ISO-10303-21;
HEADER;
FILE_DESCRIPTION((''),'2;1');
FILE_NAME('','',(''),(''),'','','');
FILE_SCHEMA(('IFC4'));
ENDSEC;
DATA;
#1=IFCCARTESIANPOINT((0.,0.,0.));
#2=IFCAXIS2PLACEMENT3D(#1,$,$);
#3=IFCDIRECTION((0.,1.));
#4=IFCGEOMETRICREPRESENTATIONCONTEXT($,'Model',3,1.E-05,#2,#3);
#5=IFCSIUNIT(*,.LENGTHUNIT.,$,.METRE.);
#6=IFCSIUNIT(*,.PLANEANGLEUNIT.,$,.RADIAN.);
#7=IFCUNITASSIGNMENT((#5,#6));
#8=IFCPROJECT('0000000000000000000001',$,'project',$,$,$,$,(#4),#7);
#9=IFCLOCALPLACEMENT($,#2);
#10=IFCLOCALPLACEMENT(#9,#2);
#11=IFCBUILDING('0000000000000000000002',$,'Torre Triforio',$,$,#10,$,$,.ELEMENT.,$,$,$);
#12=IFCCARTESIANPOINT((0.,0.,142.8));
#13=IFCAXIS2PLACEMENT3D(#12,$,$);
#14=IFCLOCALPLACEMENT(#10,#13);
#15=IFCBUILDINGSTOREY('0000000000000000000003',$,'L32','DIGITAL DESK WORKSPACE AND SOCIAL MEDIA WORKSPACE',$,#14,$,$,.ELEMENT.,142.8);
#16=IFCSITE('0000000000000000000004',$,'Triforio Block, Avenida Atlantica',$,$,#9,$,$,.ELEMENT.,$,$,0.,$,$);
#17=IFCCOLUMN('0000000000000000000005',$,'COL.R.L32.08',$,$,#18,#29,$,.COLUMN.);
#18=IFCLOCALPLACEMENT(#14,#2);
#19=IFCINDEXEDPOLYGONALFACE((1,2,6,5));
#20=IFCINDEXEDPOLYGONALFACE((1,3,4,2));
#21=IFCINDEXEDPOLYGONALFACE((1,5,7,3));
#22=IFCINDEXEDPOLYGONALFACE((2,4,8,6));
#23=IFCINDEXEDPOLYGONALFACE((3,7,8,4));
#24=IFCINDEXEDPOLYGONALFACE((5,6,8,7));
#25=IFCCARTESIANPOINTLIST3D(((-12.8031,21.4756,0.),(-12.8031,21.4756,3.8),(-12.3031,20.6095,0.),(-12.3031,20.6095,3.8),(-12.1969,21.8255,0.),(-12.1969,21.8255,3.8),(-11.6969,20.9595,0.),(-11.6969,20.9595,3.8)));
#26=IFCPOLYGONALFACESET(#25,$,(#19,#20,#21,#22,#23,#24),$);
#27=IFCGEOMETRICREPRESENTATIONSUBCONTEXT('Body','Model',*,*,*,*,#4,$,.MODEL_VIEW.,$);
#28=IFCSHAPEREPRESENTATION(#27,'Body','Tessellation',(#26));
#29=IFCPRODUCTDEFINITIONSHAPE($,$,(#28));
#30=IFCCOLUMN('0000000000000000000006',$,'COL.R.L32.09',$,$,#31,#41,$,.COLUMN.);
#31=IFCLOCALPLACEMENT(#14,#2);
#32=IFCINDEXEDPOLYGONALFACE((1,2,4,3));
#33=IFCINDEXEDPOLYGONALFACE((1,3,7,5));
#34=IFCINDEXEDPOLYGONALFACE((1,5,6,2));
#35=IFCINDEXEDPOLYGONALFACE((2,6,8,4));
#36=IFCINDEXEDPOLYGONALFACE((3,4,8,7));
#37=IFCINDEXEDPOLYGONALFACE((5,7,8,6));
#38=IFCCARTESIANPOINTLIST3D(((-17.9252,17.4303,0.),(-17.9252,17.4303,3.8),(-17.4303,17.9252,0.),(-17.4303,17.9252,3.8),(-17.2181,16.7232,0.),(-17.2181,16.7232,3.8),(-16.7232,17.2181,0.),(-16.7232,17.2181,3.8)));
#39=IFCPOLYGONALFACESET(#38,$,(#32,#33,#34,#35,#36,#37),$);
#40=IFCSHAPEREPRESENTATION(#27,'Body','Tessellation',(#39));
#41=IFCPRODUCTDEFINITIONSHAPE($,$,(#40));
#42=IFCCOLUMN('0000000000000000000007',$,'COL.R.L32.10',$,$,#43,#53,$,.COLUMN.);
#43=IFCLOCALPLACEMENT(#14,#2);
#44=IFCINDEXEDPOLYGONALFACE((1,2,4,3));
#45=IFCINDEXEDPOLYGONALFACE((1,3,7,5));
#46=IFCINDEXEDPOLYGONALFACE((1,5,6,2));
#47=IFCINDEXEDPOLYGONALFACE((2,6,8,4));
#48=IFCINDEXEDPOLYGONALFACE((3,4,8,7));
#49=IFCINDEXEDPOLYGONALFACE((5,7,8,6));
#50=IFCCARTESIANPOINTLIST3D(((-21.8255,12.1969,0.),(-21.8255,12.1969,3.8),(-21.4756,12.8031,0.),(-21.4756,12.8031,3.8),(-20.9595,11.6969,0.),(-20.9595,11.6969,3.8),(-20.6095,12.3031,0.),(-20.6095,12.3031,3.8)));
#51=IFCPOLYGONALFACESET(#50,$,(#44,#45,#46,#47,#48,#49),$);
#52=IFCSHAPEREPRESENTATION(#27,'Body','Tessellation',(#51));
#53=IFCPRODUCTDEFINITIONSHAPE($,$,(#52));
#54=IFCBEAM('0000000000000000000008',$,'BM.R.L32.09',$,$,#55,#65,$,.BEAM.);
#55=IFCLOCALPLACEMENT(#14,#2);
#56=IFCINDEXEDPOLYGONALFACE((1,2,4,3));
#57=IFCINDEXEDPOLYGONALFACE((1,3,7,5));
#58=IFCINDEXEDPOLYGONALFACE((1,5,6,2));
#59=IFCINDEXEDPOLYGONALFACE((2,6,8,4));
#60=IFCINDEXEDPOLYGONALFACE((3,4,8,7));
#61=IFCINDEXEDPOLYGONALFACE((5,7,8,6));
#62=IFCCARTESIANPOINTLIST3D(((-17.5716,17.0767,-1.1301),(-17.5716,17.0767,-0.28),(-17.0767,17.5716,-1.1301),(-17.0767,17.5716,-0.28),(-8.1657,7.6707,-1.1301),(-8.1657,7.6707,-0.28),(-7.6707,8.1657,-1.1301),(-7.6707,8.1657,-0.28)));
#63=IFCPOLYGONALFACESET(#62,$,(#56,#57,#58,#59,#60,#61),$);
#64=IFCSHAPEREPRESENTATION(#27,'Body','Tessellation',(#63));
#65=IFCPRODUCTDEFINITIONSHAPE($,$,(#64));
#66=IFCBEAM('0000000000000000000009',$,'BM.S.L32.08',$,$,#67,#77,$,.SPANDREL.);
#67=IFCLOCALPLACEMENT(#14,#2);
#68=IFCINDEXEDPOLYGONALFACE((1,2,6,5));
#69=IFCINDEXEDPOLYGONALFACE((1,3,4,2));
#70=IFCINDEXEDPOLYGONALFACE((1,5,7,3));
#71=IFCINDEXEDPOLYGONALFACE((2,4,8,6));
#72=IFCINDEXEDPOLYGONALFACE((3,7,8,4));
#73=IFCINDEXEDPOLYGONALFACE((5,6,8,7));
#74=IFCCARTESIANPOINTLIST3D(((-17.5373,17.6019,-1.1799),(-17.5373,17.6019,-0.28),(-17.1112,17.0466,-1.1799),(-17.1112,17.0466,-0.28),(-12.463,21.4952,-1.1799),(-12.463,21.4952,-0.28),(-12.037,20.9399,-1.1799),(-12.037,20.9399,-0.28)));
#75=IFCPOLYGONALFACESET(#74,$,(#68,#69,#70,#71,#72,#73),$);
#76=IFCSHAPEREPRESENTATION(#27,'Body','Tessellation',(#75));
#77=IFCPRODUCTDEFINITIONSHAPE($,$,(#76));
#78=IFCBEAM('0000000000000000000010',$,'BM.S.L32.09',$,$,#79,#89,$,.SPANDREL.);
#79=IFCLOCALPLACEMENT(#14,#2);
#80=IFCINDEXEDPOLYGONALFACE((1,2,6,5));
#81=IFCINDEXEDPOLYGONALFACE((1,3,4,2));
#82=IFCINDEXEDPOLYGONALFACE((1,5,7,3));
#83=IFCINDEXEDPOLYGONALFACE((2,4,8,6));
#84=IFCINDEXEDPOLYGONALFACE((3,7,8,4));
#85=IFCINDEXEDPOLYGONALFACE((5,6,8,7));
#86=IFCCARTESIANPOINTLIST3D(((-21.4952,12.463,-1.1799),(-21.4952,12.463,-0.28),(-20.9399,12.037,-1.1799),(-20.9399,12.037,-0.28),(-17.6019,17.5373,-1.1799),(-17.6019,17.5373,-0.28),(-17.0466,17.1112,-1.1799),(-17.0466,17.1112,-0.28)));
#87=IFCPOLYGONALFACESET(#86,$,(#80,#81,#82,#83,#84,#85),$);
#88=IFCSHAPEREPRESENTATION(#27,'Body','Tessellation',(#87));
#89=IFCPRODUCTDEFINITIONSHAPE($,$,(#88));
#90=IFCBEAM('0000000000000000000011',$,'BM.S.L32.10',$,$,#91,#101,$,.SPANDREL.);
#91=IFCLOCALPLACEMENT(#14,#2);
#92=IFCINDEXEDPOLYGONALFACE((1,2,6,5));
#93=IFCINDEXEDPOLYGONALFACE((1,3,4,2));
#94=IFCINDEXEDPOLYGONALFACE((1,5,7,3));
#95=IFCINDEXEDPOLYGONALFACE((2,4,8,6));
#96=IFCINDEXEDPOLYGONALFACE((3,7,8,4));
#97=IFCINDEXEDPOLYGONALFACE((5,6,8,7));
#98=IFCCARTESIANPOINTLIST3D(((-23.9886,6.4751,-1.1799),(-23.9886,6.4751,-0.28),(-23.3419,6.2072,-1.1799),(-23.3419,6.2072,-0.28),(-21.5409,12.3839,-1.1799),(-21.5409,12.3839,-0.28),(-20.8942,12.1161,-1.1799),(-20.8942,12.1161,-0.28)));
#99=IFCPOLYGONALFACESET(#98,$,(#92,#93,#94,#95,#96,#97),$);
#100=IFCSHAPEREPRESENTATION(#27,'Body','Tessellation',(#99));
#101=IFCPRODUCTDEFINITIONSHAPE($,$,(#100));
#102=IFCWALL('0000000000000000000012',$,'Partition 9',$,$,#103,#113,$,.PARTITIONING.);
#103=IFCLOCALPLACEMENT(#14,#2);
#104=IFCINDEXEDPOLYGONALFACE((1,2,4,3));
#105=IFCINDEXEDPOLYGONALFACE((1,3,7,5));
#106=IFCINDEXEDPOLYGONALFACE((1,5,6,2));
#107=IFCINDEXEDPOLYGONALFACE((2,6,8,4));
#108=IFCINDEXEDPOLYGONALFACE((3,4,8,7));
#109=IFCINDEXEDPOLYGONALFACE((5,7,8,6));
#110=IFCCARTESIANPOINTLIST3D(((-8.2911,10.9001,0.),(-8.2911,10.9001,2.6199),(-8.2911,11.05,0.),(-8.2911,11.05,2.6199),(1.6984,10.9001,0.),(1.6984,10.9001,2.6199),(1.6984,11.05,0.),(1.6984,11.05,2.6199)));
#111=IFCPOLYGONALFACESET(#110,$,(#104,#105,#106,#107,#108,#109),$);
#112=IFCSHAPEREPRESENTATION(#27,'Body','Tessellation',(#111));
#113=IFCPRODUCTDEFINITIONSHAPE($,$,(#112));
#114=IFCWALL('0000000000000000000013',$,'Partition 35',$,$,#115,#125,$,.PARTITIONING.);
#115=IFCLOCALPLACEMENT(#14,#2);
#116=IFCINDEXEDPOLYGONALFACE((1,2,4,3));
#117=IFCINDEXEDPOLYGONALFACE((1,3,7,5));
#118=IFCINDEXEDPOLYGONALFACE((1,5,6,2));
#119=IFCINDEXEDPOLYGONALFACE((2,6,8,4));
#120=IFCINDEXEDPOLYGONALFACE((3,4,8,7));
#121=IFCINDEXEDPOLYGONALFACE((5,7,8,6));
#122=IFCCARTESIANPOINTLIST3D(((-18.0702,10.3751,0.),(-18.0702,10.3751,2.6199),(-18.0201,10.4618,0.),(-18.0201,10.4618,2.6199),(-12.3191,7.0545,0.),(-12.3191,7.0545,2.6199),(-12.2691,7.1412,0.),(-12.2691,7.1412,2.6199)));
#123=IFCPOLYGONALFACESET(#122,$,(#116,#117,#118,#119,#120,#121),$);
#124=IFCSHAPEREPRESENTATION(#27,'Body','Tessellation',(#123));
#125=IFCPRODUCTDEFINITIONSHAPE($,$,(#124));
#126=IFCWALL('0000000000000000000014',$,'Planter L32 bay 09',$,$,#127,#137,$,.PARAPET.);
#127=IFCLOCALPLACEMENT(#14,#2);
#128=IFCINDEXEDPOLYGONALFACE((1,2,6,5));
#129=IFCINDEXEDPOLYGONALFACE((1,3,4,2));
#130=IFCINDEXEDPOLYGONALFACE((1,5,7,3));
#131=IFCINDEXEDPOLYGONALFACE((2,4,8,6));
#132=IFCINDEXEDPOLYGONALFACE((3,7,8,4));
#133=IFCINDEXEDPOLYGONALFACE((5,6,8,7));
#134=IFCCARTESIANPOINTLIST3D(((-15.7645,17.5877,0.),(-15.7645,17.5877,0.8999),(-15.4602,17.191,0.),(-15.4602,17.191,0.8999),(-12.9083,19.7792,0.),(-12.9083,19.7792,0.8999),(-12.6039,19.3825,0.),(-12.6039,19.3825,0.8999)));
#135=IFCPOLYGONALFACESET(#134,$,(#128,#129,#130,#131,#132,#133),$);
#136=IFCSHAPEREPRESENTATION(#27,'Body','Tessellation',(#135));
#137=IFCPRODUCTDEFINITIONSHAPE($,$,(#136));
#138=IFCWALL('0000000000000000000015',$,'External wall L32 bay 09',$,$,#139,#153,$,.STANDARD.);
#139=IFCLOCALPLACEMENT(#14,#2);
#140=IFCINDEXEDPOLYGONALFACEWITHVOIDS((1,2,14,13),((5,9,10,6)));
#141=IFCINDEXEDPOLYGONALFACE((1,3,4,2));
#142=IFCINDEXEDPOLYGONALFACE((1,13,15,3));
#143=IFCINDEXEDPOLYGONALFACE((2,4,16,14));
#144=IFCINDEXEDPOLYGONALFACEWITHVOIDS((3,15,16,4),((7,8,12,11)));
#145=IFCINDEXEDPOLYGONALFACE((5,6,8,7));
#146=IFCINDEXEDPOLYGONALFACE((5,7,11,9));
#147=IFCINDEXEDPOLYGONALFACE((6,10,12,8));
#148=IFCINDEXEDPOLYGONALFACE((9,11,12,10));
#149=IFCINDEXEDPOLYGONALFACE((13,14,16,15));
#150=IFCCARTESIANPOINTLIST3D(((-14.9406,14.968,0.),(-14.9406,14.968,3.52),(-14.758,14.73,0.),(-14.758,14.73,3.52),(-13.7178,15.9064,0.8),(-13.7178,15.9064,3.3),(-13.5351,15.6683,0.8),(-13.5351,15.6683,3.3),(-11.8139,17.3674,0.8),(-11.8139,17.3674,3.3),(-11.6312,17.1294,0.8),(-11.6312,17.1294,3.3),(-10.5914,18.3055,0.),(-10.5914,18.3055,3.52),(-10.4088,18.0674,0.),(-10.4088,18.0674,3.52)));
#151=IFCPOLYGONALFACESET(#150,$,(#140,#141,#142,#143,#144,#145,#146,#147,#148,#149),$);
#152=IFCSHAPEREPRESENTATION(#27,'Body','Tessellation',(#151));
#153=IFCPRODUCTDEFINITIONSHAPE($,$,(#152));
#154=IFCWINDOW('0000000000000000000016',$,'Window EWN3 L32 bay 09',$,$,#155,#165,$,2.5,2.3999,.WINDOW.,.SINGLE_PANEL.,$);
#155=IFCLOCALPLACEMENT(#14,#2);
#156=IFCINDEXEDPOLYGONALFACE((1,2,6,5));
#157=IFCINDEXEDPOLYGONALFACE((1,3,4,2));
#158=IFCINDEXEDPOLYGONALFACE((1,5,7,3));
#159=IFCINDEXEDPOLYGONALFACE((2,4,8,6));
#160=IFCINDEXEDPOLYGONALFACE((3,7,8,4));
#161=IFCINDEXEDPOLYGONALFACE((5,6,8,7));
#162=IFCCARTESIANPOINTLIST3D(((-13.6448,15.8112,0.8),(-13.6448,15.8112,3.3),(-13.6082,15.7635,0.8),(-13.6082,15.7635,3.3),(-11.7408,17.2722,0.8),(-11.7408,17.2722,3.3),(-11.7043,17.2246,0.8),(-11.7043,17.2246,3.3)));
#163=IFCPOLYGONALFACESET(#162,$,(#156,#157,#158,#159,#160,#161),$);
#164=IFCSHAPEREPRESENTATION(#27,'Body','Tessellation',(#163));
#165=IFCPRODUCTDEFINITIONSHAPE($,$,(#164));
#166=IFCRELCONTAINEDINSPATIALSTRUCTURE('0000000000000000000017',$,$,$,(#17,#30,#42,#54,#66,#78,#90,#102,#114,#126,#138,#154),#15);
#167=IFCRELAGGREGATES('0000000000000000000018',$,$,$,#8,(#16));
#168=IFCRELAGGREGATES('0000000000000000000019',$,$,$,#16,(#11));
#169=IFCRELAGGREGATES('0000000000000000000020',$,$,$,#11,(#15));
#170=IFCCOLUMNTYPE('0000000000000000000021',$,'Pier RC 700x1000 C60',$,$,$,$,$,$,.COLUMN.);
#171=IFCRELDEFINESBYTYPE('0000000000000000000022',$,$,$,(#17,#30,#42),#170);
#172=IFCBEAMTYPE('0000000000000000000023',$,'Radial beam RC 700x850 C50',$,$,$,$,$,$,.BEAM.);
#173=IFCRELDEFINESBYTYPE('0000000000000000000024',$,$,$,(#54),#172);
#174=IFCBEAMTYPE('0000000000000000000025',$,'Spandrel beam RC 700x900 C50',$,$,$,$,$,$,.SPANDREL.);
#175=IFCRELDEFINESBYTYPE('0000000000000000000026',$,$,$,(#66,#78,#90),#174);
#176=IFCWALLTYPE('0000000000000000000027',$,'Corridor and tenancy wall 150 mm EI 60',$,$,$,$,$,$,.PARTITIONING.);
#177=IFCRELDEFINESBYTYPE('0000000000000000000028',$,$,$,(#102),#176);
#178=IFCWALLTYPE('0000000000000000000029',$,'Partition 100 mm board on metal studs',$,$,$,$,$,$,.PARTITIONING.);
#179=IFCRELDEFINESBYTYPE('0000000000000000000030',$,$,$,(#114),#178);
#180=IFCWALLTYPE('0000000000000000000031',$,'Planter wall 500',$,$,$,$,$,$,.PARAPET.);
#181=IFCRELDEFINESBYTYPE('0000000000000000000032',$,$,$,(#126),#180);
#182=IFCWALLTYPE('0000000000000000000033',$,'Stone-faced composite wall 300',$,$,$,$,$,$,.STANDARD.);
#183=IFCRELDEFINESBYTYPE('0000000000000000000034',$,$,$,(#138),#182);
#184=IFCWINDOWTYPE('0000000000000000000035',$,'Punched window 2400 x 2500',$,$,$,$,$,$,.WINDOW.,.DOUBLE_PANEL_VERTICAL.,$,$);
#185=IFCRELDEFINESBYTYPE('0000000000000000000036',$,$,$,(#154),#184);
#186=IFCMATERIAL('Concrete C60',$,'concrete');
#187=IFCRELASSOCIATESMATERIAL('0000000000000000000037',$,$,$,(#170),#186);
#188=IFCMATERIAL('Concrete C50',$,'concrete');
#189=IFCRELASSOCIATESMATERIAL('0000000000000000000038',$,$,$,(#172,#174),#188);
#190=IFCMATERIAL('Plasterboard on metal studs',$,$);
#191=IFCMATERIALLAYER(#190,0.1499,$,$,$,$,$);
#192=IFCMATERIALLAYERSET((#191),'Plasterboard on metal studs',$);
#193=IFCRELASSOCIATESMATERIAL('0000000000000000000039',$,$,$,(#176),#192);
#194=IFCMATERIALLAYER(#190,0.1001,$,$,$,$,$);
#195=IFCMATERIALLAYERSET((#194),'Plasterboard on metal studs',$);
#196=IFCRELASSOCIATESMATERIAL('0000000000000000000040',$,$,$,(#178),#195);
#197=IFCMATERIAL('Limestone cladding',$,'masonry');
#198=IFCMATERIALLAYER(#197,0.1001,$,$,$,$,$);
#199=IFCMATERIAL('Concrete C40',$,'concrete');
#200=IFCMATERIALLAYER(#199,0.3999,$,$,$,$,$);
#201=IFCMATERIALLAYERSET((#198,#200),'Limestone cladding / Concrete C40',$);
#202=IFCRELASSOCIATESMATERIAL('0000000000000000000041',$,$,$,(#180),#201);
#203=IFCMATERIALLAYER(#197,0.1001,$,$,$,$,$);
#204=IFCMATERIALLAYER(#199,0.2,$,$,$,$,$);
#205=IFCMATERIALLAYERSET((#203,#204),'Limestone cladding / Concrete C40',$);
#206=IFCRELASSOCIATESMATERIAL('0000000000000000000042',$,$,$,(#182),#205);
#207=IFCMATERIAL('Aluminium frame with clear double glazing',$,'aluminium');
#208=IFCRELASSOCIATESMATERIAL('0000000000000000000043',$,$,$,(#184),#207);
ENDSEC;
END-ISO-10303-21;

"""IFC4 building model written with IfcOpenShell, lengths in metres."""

from ifc_helpers import new_model, si_unit, direction, frame, frame_2d, origin, origin_2d, place, context, subcontext, project, spatial, rectangle, extrude, material, layer, layer_set, material_profile, profile_set, type_object, element, fill, save


model = new_model("IFC4")

# Units and contexts
model_context = context("Model", 3, precision=1e-05, world=origin(), true_north=direction((0.0, 1.0)))
body_context = subcontext(model_context, "Body", "Model", "MODEL_VIEW")
ifc_project = project(units=[si_unit("LENGTHUNIT", "METRE"), si_unit("PLANEANGLEUNIT", "RADIAN")], contexts=[model_context])

# Site, building, storey
site_placement = place(None, origin())
site = spatial("IfcSite", under=ifc_project, at=site_placement, Name="Triforio Block, Avenida Atlantica", CompositionType="ELEMENT", RefElevation=0.0)
building_placement = place(site_placement, origin())
building = spatial("IfcBuilding", under=site, at=building_placement, Name="Torre Triforio", CompositionType="ELEMENT")
storey_placement = place(building_placement, frame((0.0, 0.0, 142.8)))
storey = spatial("IfcBuildingStorey", under=building, at=storey_placement, Name="L32", Description="DIGITAL DESK WORKSPACE AND SOCIAL MEDIA WORKSPACE", CompositionType="ELEMENT", Elevation=142.8)

# Columns
ifc_material_1 = material(Name="Concrete C60", Category="concrete")
ifc_material_profile_1 = material_profile(ifc_material_1, rectangle(XDim=0.7, YDim=1.0, at=origin_2d()), Name="RC 700x1000")
ifc_profile_set_1 = profile_set([ifc_material_profile_1], Name="Concrete C60")
column_type = type_object("IfcColumnType", Name="Pier RC 700x1000 C60", PredefinedType="COLUMN", material=ifc_profile_set_1)
for number, where, z_axis, x_axis, name in (
    (1, (-12.25, 21.2175, 0.0), (0.0, 0.0, 1.0), (-0.866025, -0.5, 0.0), "COL.R.L32.08"),
    (2, (-17.3242, 17.3242, 0.0), (0.0, 0.0, 1.0), (-0.707107, -0.707107, 0.0), "COL.R.L32.09"),
    (3, (-21.2175, 12.25, 0.0), (0.0, 0.0, 1.0), (-0.5, -0.866025, 0.0), "COL.R.L32.10"),
):
    element("IfcColumn", number, at=place(storey_placement, frame(where, z_axis=z_axis, x_axis=x_axis)), inside=storey, type_object=column_type, Name=name, PredefinedType="COLUMN", context=body_context, shape_type="SweptSolid", body=[
        extrude(rectangle(XDim=0.7, YDim=1.0, at=origin_2d()), origin(), (0.0, 0.0, 1.0), 3.8),
    ])

# Beams
ifc_material_2 = material(Name="Concrete C50", Category="concrete")
ifc_material_profile_2 = material_profile(ifc_material_2, rectangle(XDim=0.7, YDim=0.8501, at=origin_2d()), Name="RC 700x850")
ifc_profile_set_2 = profile_set([ifc_material_profile_2], Name="Concrete C50")
beam_type_1 = type_object("IfcBeamType", Name="Radial beam RC 700x850 C50", PredefinedType="BEAM", material=ifc_profile_set_2)
beam_placement = place(storey_placement, frame((-7.9182, 7.9182, -0.7051), z_axis=(-0.707107, 0.707107, 0.0), x_axis=(-0.707107, -0.707107, 0.0)))
element("IfcBeam", 4, at=beam_placement, inside=storey, type_object=beam_type_1, Name="BM.R.L32.09", PredefinedType="BEAM", context=body_context, shape_type="SweptSolid", body=[
    extrude(rectangle(XDim=0.7, YDim=0.8501, at=origin_2d()), origin(), (0.0, 0.0, 1.0), 13.302),
])
ifc_material_profile_3 = material_profile(ifc_material_2, rectangle(XDim=0.7, YDim=0.8999, at=origin_2d()), Name="RC 700x900")
ifc_profile_set_3 = profile_set([ifc_material_profile_3], Name="Concrete C50")
beam_type_2 = type_object("IfcBeamType", Name="Spandrel beam RC 700x900 C50", PredefinedType="SPANDREL", material=ifc_profile_set_3)
for number, where, z_axis, x_axis, name in (
    (5, (-12.25, 21.2175, -0.73), (-0.793374, -0.608734, 0.0), (0.608734, -0.793374, 0.0), "BM.S.L32.08"),
    (6, (-17.3242, 17.3242, -0.73), (-0.608734, -0.793374, 0.0), (0.793374, -0.608734, 0.0), "BM.S.L32.09"),
    (7, (-21.2175, 12.25, -0.73), (-0.382709, -0.923869, 0.0), (0.923869, -0.382709, 0.0), "BM.S.L32.10"),
):
    element("IfcBeam", number, at=place(storey_placement, frame(where, z_axis=z_axis, x_axis=x_axis)), inside=storey, type_object=beam_type_2, Name=name, PredefinedType="SPANDREL", context=body_context, shape_type="SweptSolid", body=[
        extrude(rectangle(XDim=0.7, YDim=0.8999, at=origin_2d()), origin(), (0.0, 0.0, 1.0), 6.3958),
    ])

# Walls
ifc_material_3 = material(Name="Plasterboard on metal studs")
ifc_layer_1 = layer(ifc_material_3, 0.1499)
ifc_layer_set_1 = layer_set([ifc_layer_1], Name="Plasterboard on metal studs")
wall_type_1 = type_object("IfcWallType", Name="Corridor and tenancy wall 150 mm EI 60", PredefinedType="PARTITIONING", material=ifc_layer_set_1)
wall_1_placement = place(storey_placement, frame((-8.291, 10.9751, 0.0), z_axis=(0.0, 0.0, 1.0), x_axis=(1.0, 0.0, 0.0)))
element("IfcWall", 8, at=wall_1_placement, inside=storey, type_object=wall_type_1, Name="Partition 9", PredefinedType="PARTITIONING", context=body_context, shape_type="SweptSolid", body=[
    extrude(rectangle(XDim=9.9895, YDim=0.1499, at=frame_2d((4.9946, 0.0))), origin(), (0.0, 0.0, 1.0), 2.6199),
])
ifc_layer_2 = layer(ifc_material_3, 0.1001)
ifc_layer_set_2 = layer_set([ifc_layer_2], Name="Plasterboard on metal studs")
wall_type_2 = type_object("IfcWallType", Name="Partition 100 mm board on metal studs", PredefinedType="PARTITIONING", material=ifc_layer_set_2)
wall_2_placement = place(storey_placement, frame((-12.2942, 7.0979, 0.0), z_axis=(0.0, 0.0, 1.0), x_axis=(-0.86601, 0.500026, 0.0)))
element("IfcWall", 9, at=wall_2_placement, inside=storey, type_object=wall_type_2, Name="Partition 35", PredefinedType="PARTITIONING", context=body_context, shape_type="SweptSolid", body=[
    extrude(rectangle(XDim=6.6409, YDim=0.1001, at=frame_2d((3.3203, 0.0))), origin(), (0.0, 0.0, 1.0), 2.6199),
])
ifc_material_4 = material(Name="Limestone cladding", Category="masonry")
ifc_layer_3 = layer(ifc_material_4, 0.1001)
ifc_material_5 = material(Name="Concrete C40", Category="concrete")
ifc_layer_4 = layer(ifc_material_5, 0.3999)
ifc_layer_set_3 = layer_set([ifc_layer_3, ifc_layer_4], Name="Limestone cladding / Concrete C40")
wall_type_3 = type_object("IfcWallType", Name="Planter wall 500", PredefinedType="PARAPET", material=ifc_layer_set_3)
wall_3_placement = place(storey_placement, frame((-12.7561, 19.5808, 0.0), z_axis=(0.0, 0.0, 1.0), x_axis=(-0.793385, -0.608721, 0.0)))
element("IfcWall", 10, at=wall_3_placement, inside=storey, type_object=wall_type_3, Name="Planter L32 bay 09", PredefinedType="PARAPET", context=body_context, shape_type="SweptSolid", body=[
    extrude(rectangle(XDim=3.6001, YDim=0.5, at=frame_2d((1.8, 0.0))), origin(), (0.0, 0.0, 1.0), 0.8999),
])

# Wall, opening, window
ifc_layer_5 = layer(ifc_material_4, 0.1001)
ifc_layer_6 = layer(ifc_material_5, 0.2)
ifc_layer_set_4 = layer_set([ifc_layer_5, ifc_layer_6], Name="Limestone cladding / Concrete C40")
wall_type_4 = type_object("IfcWallType", Name="Stone-faced composite wall 300", PredefinedType="STANDARD", material=ifc_layer_set_4)
wall_4_placement = place(storey_placement, frame((-10.5, 18.1865, 0.0), z_axis=(0.0, 0.0, 1.0), x_axis=(-0.793335, -0.608785, 0.0)))
wall_4 = element("IfcWall", 11, at=wall_4_placement, inside=storey, type_object=wall_type_4, Name="External wall L32 bay 09", PredefinedType="STANDARD", context=body_context, shape_type="SweptSolid", body=[
    extrude(rectangle(XDim=5.4822, YDim=0.3, at=frame_2d((2.7412, 0.0))), origin(), (0.0, 0.0, 1.0), 3.52),
])
opening_1_placement = place(wall_4_placement, frame((1.541, 0.0, 0.8)))
opening_1 = element("IfcOpeningElement", 12, at=opening_1_placement, cuts=wall_4, PredefinedType="OPENING", context=body_context, shape_type="SweptSolid", body=[
    extrude(rectangle(XDim=2.3999, YDim=2.5, at=frame_2d((1.2, 1.25))), frame((0.0, 0.1599, 0.0), z_axis=(0.0, -1.0, 0.0), x_axis=(1.0, 0.0, 0.0)), (0.0, 0.0, 1.0), 0.3201),
])
ifc_material_6 = material(Name="Aluminium frame with clear double glazing", Category="aluminium")
window_type_1 = type_object("IfcWindowType", Name="Punched window 2400 x 2500", PartitioningType="DOUBLE_PANEL_VERTICAL", PredefinedType="WINDOW", material=ifc_material_6)
window_1_placement = place(opening_1_placement, origin())
window_1 = element("IfcWindow", 13, at=window_1_placement, inside=storey, type_object=window_type_1, Name="Window EWN3 L32 bay 09", OverallHeight=2.5, OverallWidth=2.3999, PartitioningType="SINGLE_PANEL", PredefinedType="WINDOW", context=body_context, shape_type="SweptSolid", body=[
    extrude(rectangle(XDim=2.3999, YDim=2.5, at=frame_2d((1.2, 1.25))), frame((0.0, 0.03, 0.0), z_axis=(0.0, -1.0, 0.0), x_axis=(1.0, 0.0, 0.0)), (0.0, 0.0, 1.0), 0.0601),
])
fill(opening_1, window_1)

save(model, "model.ifc")
